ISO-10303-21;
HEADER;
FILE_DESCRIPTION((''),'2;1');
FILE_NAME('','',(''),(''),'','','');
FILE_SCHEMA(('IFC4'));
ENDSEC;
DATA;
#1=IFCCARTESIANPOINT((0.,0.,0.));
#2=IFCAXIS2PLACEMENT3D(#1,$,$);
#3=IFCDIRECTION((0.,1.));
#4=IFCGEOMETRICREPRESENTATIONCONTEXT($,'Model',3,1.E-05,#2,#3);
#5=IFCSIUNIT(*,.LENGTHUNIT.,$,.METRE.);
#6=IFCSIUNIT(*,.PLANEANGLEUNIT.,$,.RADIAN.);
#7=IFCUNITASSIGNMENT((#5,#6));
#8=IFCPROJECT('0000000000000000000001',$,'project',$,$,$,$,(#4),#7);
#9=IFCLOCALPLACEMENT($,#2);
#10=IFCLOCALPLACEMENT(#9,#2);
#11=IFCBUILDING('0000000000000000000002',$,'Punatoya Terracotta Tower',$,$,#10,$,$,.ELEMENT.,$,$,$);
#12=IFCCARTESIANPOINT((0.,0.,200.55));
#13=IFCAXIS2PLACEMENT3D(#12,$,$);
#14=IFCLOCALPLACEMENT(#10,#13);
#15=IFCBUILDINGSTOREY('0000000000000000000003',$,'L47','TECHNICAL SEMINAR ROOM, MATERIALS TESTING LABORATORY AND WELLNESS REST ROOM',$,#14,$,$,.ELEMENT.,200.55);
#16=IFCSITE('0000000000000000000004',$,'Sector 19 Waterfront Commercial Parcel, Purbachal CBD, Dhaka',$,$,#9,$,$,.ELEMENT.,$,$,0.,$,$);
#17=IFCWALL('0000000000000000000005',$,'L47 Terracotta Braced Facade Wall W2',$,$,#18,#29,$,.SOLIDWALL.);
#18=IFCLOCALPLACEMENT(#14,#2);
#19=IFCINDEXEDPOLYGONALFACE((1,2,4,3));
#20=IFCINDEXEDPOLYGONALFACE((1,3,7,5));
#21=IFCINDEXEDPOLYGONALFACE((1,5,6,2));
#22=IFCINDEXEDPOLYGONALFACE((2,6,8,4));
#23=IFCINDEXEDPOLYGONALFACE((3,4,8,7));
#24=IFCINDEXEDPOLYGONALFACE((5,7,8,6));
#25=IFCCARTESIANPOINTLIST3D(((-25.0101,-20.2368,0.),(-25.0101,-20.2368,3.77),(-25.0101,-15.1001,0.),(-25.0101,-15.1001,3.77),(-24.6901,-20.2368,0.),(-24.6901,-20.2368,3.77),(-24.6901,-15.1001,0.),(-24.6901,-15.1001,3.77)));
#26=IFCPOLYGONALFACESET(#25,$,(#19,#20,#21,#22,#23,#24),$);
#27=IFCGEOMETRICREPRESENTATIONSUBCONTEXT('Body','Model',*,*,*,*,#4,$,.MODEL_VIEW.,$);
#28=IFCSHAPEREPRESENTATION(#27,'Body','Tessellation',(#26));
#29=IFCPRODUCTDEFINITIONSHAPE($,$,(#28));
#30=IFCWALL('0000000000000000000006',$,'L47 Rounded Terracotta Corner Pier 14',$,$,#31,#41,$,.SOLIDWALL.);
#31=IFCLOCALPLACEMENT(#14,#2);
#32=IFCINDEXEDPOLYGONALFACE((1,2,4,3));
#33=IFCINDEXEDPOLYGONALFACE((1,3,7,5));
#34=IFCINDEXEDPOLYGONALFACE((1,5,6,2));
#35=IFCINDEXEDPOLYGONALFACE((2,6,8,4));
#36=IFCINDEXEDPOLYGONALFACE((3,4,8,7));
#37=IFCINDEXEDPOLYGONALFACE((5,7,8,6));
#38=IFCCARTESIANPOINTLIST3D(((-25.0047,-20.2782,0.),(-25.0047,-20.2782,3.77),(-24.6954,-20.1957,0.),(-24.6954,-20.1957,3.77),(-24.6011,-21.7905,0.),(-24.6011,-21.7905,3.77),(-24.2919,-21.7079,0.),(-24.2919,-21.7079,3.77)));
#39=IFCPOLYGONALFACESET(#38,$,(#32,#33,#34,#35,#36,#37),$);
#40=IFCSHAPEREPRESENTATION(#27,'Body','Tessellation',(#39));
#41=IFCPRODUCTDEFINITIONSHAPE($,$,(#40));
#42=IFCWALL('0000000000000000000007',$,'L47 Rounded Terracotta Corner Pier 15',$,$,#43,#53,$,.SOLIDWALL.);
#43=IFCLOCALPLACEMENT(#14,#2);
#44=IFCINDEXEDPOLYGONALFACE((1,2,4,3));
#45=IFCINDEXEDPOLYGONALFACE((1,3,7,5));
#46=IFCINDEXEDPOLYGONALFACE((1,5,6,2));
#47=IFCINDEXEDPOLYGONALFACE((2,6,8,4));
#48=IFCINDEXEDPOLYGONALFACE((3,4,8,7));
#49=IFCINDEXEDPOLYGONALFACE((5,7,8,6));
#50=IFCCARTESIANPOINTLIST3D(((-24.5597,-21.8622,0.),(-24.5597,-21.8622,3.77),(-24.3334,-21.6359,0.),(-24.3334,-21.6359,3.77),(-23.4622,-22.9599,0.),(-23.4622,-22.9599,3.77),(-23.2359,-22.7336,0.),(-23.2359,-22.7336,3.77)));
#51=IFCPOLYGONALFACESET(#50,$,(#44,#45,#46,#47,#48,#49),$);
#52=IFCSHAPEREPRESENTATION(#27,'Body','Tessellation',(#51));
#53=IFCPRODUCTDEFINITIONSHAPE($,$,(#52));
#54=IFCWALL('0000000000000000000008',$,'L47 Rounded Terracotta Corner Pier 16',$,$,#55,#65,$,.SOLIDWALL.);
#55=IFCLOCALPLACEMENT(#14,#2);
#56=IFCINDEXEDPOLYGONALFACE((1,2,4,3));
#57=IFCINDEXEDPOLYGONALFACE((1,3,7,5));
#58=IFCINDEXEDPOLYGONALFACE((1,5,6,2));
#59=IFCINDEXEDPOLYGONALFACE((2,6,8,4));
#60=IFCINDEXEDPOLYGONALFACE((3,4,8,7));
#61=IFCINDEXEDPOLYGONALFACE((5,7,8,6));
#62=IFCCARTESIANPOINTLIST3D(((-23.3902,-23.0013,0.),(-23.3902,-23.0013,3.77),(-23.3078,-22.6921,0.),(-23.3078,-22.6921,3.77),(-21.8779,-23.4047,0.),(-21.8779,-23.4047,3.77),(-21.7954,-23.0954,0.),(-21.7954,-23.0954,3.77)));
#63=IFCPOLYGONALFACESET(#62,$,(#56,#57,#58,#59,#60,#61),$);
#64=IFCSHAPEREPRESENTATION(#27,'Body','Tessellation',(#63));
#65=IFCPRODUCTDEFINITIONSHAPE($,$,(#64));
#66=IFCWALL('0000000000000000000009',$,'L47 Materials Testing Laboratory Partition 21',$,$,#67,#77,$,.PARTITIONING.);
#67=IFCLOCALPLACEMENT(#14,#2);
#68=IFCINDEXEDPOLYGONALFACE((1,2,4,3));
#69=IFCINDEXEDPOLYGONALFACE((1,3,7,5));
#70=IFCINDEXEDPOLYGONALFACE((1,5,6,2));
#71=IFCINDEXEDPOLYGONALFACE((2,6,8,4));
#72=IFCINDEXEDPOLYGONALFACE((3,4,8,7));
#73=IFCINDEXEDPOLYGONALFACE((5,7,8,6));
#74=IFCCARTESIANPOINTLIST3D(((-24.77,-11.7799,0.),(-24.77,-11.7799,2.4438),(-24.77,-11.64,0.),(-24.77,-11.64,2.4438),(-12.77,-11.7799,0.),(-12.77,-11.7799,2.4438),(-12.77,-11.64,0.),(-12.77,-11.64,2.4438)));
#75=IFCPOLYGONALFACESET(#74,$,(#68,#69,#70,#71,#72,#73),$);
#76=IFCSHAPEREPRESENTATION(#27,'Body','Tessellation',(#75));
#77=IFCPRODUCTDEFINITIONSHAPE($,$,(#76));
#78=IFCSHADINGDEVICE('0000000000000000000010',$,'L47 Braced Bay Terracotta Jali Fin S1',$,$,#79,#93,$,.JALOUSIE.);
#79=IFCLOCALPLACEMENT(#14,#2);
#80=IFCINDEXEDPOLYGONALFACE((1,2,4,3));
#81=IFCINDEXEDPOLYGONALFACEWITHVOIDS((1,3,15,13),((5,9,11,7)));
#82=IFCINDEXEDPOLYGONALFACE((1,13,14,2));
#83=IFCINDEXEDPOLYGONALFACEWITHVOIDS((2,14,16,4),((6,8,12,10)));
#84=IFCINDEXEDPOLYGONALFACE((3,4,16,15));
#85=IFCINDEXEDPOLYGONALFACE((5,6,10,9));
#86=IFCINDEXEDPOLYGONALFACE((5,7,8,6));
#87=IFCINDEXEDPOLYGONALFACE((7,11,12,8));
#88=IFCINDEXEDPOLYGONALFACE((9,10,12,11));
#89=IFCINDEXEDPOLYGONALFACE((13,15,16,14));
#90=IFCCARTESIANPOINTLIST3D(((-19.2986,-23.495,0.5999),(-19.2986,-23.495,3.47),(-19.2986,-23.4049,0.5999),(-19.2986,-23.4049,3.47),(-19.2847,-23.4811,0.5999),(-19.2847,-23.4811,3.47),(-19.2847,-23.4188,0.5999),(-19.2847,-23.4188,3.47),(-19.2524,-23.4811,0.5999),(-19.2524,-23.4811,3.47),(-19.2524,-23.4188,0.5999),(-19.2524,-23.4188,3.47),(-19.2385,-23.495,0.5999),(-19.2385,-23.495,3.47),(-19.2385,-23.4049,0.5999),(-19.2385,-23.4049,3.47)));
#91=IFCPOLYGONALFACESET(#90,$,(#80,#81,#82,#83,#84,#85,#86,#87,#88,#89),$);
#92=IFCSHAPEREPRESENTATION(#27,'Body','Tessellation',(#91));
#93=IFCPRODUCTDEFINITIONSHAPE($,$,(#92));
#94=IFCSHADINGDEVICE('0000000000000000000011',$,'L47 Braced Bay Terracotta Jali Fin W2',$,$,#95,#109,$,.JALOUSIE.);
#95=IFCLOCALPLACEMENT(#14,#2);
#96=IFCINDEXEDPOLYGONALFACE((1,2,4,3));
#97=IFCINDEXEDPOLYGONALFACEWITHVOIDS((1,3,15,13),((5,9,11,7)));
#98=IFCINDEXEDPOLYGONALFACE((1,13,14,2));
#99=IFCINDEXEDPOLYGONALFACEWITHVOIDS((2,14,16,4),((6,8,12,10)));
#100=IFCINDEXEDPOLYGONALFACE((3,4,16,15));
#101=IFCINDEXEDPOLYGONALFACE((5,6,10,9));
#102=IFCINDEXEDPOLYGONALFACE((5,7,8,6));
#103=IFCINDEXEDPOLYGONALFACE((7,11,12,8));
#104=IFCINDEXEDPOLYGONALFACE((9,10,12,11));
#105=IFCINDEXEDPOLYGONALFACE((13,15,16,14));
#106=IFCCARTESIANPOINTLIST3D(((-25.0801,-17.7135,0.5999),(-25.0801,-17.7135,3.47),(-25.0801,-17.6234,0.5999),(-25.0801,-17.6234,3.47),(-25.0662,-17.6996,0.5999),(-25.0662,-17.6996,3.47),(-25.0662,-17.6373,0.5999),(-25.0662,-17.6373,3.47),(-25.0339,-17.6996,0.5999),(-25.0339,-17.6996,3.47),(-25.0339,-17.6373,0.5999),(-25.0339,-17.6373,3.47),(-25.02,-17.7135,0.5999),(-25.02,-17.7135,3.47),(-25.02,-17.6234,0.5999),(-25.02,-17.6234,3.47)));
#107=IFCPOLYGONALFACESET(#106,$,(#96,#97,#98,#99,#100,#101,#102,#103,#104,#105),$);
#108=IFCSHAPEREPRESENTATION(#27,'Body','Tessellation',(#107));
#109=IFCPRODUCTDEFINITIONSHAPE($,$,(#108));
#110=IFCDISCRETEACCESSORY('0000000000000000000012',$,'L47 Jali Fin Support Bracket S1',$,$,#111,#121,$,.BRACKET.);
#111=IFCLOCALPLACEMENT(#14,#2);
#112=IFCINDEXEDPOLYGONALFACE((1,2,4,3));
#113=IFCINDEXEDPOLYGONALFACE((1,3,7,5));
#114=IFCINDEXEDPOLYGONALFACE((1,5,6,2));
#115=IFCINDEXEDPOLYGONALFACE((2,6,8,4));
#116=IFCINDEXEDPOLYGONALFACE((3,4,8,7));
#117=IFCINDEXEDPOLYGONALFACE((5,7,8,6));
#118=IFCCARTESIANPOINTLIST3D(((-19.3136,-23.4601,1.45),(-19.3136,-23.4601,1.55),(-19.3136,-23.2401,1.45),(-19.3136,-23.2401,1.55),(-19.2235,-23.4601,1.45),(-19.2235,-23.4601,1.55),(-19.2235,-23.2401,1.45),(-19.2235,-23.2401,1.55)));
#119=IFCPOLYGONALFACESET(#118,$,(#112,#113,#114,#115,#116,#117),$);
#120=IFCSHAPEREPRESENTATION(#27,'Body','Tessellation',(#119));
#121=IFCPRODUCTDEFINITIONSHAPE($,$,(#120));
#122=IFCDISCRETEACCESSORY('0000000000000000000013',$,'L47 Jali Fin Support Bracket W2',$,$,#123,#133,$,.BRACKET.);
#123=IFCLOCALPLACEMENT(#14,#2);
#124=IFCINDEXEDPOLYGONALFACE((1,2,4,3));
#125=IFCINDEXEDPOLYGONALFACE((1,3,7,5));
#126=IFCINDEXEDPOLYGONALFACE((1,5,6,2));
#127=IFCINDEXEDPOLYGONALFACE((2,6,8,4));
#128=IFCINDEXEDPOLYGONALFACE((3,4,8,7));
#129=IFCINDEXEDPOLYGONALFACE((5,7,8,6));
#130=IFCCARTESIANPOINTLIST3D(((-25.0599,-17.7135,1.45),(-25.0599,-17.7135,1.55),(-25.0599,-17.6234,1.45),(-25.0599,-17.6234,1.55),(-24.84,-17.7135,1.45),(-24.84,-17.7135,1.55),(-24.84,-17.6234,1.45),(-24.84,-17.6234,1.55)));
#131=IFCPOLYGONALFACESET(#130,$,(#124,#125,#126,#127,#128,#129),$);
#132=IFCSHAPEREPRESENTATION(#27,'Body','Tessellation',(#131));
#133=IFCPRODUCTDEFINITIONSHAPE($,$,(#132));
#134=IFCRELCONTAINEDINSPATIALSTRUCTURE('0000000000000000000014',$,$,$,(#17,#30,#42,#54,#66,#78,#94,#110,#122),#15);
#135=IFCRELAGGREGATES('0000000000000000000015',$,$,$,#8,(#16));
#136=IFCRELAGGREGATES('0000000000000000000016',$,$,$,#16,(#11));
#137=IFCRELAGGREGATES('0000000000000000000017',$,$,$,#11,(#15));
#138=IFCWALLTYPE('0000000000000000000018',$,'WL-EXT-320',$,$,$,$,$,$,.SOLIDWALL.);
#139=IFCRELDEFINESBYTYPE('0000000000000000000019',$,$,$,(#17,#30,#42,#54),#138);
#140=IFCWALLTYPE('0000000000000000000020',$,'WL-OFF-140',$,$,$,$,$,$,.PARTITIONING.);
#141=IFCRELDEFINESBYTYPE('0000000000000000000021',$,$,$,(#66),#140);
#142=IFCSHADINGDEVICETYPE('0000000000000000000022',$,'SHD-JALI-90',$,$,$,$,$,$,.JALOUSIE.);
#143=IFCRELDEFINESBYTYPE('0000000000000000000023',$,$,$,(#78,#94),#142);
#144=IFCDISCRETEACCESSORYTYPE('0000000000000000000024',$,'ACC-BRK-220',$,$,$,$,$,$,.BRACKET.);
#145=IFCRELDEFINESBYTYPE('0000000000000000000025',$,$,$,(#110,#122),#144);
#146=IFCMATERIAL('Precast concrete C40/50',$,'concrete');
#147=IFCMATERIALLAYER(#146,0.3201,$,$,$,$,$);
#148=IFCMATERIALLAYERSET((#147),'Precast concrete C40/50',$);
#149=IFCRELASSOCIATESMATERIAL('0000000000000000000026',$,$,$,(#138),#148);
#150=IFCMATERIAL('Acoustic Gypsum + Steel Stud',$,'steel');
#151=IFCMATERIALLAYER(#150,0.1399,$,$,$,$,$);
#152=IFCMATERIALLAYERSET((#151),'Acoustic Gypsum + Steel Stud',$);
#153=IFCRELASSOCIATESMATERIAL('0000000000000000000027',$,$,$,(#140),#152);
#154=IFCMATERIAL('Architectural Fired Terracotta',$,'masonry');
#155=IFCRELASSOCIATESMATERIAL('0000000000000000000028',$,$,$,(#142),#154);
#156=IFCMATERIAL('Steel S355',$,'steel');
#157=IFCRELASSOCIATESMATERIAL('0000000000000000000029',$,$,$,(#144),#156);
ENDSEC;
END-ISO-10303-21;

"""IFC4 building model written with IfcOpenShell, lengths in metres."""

from ifc_helpers import new_model, si_unit, direction, frame, frame_2d, origin, origin_2d, place, context, subcontext, project, spatial, rectangle, hollow_rectangle, extrude, material, layer, layer_set, material_profile, profile_set, type_object, element, save


model = new_model("IFC4")

# Units and contexts
model_context = context("Model", 3, precision=1e-05, world=origin(), true_north=direction((0.0, 1.0)))
body_context = subcontext(model_context, "Body", "Model", "MODEL_VIEW")
ifc_project = project(units=[si_unit("LENGTHUNIT", "METRE"), si_unit("PLANEANGLEUNIT", "RADIAN")], contexts=[model_context])

# Site, building, storey
site_placement = place(None, origin())
site = spatial("IfcSite", under=ifc_project, at=site_placement, Name="Sector 19 Waterfront Commercial Parcel, Purbachal CBD, Dhaka", CompositionType="ELEMENT", RefElevation=0.0)
building_placement = place(site_placement, origin())
building = spatial("IfcBuilding", under=site, at=building_placement, Name="Punatoya Terracotta Tower", CompositionType="ELEMENT")
storey_placement = place(building_placement, frame((0.0, 0.0, 200.55)))
storey = spatial("IfcBuildingStorey", under=building, at=storey_placement, Name="L47", Description="TECHNICAL SEMINAR ROOM, MATERIALS TESTING LABORATORY AND WELLNESS REST ROOM", CompositionType="ELEMENT", Elevation=200.55)

# Shared definitions
ifc_material_1 = material(Name="Steel S355", Category="steel")

# Walls
ifc_material_2 = material(Name="Precast concrete C40/50", Category="concrete")
ifc_layer_1 = layer(ifc_material_2, 0.3201)
ifc_layer_set_1 = layer_set([ifc_layer_1], Name="Precast concrete C40/50")
wall_type_1 = type_object("IfcWallType", Name="WL-EXT-320", PredefinedType="SOLIDWALL", material=ifc_layer_set_1)
wall_1_placement = place(storey_placement, frame((-24.8501, -15.1001, 0.0), z_axis=(0.0, 0.0, 1.0), x_axis=(0.0, -1.0, 0.0)))
element("IfcWall", 1, at=wall_1_placement, inside=storey, type_object=wall_type_1, Name="L47 Terracotta Braced Facade Wall W2", PredefinedType="SOLIDWALL", context=body_context, shape_type="SweptSolid", body=[
    extrude(rectangle(XDim=5.1367, YDim=0.3201, at=frame_2d((2.5684, 0.0))), origin(), (0.0, 0.0, 1.0), 3.77),
])
wall_2_placement = place(storey_placement, frame((-24.8501, -20.2368, 0.0), z_axis=(0.0, 0.0, 1.0), x_axis=(0.257847, -0.966186, 0.0)))
element("IfcWall", 2, at=wall_2_placement, inside=storey, type_object=wall_type_1, Name="L47 Rounded Terracotta Corner Pier 14", PredefinedType="SOLIDWALL", context=body_context, shape_type="SweptSolid", body=[
    extrude(rectangle(XDim=1.5652, YDim=0.3201, at=frame_2d((0.7827, 0.0))), origin(), (0.0, 0.0, 1.0), 3.77),
])
wall_3_placement = place(storey_placement, frame((-24.4465, -21.749, 0.0), z_axis=(0.0, 0.0, 1.0), x_axis=(0.707028, -0.707185, 0.0)))
element("IfcWall", 3, at=wall_3_placement, inside=storey, type_object=wall_type_1, Name="L47 Rounded Terracotta Corner Pier 15", PredefinedType="SOLIDWALL", context=body_context, shape_type="SweptSolid", body=[
    extrude(rectangle(XDim=1.5522, YDim=0.3201, at=frame_2d((0.7761, 0.0))), origin(), (0.0, 0.0, 1.0), 3.77),
])
wall_4_placement = place(storey_placement, frame((-23.3491, -22.8467, 0.0), z_axis=(0.0, 0.0, 1.0), x_axis=(0.966225, -0.257701, 0.0)))
element("IfcWall", 4, at=wall_4_placement, inside=storey, type_object=wall_type_1, Name="L47 Rounded Terracotta Corner Pier 16", PredefinedType="SOLIDWALL", context=body_context, shape_type="SweptSolid", body=[
    extrude(rectangle(XDim=1.5652, YDim=0.3201, at=frame_2d((0.7827, 0.0))), origin(), (0.0, 0.0, 1.0), 3.77),
])
ifc_material_3 = material(Name="Acoustic Gypsum + Steel Stud", Category="steel")
ifc_layer_2 = layer(ifc_material_3, 0.1399)
ifc_layer_set_2 = layer_set([ifc_layer_2], Name="Acoustic Gypsum + Steel Stud")
wall_type_2 = type_object("IfcWallType", Name="WL-OFF-140", PredefinedType="PARTITIONING", material=ifc_layer_set_2)
wall_5_placement = place(storey_placement, frame((-24.77, -11.71, 0.0), z_axis=(0.0, 0.0, 1.0), x_axis=(1.0, 0.0, 0.0)))
element("IfcWall", 5, at=wall_5_placement, inside=storey, type_object=wall_type_2, Name="L47 Materials Testing Laboratory Partition 21", PredefinedType="PARTITIONING", context=body_context, shape_type="SweptSolid", body=[
    extrude(rectangle(XDim=12.0, YDim=0.1399, at=frame_2d((6.0, 0.0))), origin(), (0.0, 0.0, 1.0), 2.4438),
])

# Shading devices
ifc_material_4 = material(Name="Architectural Fired Terracotta", Category="masonry")
ifc_material_profile_1 = material_profile(ifc_material_4, hollow_rectangle(XDim=0.0601, YDim=0.0901, WallThickness=0.0139, at=origin_2d()))
ifc_profile_set_1 = profile_set([ifc_material_profile_1], Name="Architectural Fired Terracotta")
shading_device_type = type_object("IfcShadingDeviceType", Name="SHD-JALI-90", PredefinedType="JALOUSIE", material=ifc_profile_set_1)
for number, where, z_axis, x_axis, name in (
    (6, (-19.2686, -23.45, 0.5999), (0.0, 0.0, 1.0), (1.0, 0.0, 0.0), "L47 Braced Bay Terracotta Jali Fin S1"),
    (7, (-25.05, -17.6685, 0.5999), (0.0, 0.0, 1.0), (1.0, 0.0, 0.0), "L47 Braced Bay Terracotta Jali Fin W2"),
):
    element("IfcShadingDevice", number, at=place(storey_placement, frame(where, z_axis=z_axis, x_axis=x_axis)), inside=storey, type_object=shading_device_type, Name=name, PredefinedType="JALOUSIE", context=body_context, shape_type="SweptSolid", body=[
        extrude(hollow_rectangle(XDim=0.0601, YDim=0.0901, WallThickness=0.0139, at=origin_2d()), origin(), (0.0, 0.0, 1.0), 2.8701),
    ])

# Discrete accessories
discrete_accessory_type = type_object("IfcDiscreteAccessoryType", Name="ACC-BRK-220", PredefinedType="BRACKET", material=ifc_material_1)
for number, where, z_axis, x_axis, name in (
    (8, (-19.2686, -23.3501, 1.45), (0.0, 0.0, 1.0), (1.0, 0.0, 0.0), "L47 Jali Fin Support Bracket S1"),
    (9, (-24.95, -17.6685, 1.45), (0.0, 0.0, 1.0), (0.0, -1.0, 0.0), "L47 Jali Fin Support Bracket W2"),
):
    element("IfcDiscreteAccessory", number, at=place(storey_placement, frame(where, z_axis=z_axis, x_axis=x_axis)), inside=storey, type_object=discrete_accessory_type, Name=name, PredefinedType="BRACKET", context=body_context, shape_type="SweptSolid", body=[
        extrude(rectangle(XDim=0.0901, YDim=0.22, at=origin_2d()), origin(), (0.0, 0.0, 1.0), 0.1001),
    ])

save(model, "model.ifc")
